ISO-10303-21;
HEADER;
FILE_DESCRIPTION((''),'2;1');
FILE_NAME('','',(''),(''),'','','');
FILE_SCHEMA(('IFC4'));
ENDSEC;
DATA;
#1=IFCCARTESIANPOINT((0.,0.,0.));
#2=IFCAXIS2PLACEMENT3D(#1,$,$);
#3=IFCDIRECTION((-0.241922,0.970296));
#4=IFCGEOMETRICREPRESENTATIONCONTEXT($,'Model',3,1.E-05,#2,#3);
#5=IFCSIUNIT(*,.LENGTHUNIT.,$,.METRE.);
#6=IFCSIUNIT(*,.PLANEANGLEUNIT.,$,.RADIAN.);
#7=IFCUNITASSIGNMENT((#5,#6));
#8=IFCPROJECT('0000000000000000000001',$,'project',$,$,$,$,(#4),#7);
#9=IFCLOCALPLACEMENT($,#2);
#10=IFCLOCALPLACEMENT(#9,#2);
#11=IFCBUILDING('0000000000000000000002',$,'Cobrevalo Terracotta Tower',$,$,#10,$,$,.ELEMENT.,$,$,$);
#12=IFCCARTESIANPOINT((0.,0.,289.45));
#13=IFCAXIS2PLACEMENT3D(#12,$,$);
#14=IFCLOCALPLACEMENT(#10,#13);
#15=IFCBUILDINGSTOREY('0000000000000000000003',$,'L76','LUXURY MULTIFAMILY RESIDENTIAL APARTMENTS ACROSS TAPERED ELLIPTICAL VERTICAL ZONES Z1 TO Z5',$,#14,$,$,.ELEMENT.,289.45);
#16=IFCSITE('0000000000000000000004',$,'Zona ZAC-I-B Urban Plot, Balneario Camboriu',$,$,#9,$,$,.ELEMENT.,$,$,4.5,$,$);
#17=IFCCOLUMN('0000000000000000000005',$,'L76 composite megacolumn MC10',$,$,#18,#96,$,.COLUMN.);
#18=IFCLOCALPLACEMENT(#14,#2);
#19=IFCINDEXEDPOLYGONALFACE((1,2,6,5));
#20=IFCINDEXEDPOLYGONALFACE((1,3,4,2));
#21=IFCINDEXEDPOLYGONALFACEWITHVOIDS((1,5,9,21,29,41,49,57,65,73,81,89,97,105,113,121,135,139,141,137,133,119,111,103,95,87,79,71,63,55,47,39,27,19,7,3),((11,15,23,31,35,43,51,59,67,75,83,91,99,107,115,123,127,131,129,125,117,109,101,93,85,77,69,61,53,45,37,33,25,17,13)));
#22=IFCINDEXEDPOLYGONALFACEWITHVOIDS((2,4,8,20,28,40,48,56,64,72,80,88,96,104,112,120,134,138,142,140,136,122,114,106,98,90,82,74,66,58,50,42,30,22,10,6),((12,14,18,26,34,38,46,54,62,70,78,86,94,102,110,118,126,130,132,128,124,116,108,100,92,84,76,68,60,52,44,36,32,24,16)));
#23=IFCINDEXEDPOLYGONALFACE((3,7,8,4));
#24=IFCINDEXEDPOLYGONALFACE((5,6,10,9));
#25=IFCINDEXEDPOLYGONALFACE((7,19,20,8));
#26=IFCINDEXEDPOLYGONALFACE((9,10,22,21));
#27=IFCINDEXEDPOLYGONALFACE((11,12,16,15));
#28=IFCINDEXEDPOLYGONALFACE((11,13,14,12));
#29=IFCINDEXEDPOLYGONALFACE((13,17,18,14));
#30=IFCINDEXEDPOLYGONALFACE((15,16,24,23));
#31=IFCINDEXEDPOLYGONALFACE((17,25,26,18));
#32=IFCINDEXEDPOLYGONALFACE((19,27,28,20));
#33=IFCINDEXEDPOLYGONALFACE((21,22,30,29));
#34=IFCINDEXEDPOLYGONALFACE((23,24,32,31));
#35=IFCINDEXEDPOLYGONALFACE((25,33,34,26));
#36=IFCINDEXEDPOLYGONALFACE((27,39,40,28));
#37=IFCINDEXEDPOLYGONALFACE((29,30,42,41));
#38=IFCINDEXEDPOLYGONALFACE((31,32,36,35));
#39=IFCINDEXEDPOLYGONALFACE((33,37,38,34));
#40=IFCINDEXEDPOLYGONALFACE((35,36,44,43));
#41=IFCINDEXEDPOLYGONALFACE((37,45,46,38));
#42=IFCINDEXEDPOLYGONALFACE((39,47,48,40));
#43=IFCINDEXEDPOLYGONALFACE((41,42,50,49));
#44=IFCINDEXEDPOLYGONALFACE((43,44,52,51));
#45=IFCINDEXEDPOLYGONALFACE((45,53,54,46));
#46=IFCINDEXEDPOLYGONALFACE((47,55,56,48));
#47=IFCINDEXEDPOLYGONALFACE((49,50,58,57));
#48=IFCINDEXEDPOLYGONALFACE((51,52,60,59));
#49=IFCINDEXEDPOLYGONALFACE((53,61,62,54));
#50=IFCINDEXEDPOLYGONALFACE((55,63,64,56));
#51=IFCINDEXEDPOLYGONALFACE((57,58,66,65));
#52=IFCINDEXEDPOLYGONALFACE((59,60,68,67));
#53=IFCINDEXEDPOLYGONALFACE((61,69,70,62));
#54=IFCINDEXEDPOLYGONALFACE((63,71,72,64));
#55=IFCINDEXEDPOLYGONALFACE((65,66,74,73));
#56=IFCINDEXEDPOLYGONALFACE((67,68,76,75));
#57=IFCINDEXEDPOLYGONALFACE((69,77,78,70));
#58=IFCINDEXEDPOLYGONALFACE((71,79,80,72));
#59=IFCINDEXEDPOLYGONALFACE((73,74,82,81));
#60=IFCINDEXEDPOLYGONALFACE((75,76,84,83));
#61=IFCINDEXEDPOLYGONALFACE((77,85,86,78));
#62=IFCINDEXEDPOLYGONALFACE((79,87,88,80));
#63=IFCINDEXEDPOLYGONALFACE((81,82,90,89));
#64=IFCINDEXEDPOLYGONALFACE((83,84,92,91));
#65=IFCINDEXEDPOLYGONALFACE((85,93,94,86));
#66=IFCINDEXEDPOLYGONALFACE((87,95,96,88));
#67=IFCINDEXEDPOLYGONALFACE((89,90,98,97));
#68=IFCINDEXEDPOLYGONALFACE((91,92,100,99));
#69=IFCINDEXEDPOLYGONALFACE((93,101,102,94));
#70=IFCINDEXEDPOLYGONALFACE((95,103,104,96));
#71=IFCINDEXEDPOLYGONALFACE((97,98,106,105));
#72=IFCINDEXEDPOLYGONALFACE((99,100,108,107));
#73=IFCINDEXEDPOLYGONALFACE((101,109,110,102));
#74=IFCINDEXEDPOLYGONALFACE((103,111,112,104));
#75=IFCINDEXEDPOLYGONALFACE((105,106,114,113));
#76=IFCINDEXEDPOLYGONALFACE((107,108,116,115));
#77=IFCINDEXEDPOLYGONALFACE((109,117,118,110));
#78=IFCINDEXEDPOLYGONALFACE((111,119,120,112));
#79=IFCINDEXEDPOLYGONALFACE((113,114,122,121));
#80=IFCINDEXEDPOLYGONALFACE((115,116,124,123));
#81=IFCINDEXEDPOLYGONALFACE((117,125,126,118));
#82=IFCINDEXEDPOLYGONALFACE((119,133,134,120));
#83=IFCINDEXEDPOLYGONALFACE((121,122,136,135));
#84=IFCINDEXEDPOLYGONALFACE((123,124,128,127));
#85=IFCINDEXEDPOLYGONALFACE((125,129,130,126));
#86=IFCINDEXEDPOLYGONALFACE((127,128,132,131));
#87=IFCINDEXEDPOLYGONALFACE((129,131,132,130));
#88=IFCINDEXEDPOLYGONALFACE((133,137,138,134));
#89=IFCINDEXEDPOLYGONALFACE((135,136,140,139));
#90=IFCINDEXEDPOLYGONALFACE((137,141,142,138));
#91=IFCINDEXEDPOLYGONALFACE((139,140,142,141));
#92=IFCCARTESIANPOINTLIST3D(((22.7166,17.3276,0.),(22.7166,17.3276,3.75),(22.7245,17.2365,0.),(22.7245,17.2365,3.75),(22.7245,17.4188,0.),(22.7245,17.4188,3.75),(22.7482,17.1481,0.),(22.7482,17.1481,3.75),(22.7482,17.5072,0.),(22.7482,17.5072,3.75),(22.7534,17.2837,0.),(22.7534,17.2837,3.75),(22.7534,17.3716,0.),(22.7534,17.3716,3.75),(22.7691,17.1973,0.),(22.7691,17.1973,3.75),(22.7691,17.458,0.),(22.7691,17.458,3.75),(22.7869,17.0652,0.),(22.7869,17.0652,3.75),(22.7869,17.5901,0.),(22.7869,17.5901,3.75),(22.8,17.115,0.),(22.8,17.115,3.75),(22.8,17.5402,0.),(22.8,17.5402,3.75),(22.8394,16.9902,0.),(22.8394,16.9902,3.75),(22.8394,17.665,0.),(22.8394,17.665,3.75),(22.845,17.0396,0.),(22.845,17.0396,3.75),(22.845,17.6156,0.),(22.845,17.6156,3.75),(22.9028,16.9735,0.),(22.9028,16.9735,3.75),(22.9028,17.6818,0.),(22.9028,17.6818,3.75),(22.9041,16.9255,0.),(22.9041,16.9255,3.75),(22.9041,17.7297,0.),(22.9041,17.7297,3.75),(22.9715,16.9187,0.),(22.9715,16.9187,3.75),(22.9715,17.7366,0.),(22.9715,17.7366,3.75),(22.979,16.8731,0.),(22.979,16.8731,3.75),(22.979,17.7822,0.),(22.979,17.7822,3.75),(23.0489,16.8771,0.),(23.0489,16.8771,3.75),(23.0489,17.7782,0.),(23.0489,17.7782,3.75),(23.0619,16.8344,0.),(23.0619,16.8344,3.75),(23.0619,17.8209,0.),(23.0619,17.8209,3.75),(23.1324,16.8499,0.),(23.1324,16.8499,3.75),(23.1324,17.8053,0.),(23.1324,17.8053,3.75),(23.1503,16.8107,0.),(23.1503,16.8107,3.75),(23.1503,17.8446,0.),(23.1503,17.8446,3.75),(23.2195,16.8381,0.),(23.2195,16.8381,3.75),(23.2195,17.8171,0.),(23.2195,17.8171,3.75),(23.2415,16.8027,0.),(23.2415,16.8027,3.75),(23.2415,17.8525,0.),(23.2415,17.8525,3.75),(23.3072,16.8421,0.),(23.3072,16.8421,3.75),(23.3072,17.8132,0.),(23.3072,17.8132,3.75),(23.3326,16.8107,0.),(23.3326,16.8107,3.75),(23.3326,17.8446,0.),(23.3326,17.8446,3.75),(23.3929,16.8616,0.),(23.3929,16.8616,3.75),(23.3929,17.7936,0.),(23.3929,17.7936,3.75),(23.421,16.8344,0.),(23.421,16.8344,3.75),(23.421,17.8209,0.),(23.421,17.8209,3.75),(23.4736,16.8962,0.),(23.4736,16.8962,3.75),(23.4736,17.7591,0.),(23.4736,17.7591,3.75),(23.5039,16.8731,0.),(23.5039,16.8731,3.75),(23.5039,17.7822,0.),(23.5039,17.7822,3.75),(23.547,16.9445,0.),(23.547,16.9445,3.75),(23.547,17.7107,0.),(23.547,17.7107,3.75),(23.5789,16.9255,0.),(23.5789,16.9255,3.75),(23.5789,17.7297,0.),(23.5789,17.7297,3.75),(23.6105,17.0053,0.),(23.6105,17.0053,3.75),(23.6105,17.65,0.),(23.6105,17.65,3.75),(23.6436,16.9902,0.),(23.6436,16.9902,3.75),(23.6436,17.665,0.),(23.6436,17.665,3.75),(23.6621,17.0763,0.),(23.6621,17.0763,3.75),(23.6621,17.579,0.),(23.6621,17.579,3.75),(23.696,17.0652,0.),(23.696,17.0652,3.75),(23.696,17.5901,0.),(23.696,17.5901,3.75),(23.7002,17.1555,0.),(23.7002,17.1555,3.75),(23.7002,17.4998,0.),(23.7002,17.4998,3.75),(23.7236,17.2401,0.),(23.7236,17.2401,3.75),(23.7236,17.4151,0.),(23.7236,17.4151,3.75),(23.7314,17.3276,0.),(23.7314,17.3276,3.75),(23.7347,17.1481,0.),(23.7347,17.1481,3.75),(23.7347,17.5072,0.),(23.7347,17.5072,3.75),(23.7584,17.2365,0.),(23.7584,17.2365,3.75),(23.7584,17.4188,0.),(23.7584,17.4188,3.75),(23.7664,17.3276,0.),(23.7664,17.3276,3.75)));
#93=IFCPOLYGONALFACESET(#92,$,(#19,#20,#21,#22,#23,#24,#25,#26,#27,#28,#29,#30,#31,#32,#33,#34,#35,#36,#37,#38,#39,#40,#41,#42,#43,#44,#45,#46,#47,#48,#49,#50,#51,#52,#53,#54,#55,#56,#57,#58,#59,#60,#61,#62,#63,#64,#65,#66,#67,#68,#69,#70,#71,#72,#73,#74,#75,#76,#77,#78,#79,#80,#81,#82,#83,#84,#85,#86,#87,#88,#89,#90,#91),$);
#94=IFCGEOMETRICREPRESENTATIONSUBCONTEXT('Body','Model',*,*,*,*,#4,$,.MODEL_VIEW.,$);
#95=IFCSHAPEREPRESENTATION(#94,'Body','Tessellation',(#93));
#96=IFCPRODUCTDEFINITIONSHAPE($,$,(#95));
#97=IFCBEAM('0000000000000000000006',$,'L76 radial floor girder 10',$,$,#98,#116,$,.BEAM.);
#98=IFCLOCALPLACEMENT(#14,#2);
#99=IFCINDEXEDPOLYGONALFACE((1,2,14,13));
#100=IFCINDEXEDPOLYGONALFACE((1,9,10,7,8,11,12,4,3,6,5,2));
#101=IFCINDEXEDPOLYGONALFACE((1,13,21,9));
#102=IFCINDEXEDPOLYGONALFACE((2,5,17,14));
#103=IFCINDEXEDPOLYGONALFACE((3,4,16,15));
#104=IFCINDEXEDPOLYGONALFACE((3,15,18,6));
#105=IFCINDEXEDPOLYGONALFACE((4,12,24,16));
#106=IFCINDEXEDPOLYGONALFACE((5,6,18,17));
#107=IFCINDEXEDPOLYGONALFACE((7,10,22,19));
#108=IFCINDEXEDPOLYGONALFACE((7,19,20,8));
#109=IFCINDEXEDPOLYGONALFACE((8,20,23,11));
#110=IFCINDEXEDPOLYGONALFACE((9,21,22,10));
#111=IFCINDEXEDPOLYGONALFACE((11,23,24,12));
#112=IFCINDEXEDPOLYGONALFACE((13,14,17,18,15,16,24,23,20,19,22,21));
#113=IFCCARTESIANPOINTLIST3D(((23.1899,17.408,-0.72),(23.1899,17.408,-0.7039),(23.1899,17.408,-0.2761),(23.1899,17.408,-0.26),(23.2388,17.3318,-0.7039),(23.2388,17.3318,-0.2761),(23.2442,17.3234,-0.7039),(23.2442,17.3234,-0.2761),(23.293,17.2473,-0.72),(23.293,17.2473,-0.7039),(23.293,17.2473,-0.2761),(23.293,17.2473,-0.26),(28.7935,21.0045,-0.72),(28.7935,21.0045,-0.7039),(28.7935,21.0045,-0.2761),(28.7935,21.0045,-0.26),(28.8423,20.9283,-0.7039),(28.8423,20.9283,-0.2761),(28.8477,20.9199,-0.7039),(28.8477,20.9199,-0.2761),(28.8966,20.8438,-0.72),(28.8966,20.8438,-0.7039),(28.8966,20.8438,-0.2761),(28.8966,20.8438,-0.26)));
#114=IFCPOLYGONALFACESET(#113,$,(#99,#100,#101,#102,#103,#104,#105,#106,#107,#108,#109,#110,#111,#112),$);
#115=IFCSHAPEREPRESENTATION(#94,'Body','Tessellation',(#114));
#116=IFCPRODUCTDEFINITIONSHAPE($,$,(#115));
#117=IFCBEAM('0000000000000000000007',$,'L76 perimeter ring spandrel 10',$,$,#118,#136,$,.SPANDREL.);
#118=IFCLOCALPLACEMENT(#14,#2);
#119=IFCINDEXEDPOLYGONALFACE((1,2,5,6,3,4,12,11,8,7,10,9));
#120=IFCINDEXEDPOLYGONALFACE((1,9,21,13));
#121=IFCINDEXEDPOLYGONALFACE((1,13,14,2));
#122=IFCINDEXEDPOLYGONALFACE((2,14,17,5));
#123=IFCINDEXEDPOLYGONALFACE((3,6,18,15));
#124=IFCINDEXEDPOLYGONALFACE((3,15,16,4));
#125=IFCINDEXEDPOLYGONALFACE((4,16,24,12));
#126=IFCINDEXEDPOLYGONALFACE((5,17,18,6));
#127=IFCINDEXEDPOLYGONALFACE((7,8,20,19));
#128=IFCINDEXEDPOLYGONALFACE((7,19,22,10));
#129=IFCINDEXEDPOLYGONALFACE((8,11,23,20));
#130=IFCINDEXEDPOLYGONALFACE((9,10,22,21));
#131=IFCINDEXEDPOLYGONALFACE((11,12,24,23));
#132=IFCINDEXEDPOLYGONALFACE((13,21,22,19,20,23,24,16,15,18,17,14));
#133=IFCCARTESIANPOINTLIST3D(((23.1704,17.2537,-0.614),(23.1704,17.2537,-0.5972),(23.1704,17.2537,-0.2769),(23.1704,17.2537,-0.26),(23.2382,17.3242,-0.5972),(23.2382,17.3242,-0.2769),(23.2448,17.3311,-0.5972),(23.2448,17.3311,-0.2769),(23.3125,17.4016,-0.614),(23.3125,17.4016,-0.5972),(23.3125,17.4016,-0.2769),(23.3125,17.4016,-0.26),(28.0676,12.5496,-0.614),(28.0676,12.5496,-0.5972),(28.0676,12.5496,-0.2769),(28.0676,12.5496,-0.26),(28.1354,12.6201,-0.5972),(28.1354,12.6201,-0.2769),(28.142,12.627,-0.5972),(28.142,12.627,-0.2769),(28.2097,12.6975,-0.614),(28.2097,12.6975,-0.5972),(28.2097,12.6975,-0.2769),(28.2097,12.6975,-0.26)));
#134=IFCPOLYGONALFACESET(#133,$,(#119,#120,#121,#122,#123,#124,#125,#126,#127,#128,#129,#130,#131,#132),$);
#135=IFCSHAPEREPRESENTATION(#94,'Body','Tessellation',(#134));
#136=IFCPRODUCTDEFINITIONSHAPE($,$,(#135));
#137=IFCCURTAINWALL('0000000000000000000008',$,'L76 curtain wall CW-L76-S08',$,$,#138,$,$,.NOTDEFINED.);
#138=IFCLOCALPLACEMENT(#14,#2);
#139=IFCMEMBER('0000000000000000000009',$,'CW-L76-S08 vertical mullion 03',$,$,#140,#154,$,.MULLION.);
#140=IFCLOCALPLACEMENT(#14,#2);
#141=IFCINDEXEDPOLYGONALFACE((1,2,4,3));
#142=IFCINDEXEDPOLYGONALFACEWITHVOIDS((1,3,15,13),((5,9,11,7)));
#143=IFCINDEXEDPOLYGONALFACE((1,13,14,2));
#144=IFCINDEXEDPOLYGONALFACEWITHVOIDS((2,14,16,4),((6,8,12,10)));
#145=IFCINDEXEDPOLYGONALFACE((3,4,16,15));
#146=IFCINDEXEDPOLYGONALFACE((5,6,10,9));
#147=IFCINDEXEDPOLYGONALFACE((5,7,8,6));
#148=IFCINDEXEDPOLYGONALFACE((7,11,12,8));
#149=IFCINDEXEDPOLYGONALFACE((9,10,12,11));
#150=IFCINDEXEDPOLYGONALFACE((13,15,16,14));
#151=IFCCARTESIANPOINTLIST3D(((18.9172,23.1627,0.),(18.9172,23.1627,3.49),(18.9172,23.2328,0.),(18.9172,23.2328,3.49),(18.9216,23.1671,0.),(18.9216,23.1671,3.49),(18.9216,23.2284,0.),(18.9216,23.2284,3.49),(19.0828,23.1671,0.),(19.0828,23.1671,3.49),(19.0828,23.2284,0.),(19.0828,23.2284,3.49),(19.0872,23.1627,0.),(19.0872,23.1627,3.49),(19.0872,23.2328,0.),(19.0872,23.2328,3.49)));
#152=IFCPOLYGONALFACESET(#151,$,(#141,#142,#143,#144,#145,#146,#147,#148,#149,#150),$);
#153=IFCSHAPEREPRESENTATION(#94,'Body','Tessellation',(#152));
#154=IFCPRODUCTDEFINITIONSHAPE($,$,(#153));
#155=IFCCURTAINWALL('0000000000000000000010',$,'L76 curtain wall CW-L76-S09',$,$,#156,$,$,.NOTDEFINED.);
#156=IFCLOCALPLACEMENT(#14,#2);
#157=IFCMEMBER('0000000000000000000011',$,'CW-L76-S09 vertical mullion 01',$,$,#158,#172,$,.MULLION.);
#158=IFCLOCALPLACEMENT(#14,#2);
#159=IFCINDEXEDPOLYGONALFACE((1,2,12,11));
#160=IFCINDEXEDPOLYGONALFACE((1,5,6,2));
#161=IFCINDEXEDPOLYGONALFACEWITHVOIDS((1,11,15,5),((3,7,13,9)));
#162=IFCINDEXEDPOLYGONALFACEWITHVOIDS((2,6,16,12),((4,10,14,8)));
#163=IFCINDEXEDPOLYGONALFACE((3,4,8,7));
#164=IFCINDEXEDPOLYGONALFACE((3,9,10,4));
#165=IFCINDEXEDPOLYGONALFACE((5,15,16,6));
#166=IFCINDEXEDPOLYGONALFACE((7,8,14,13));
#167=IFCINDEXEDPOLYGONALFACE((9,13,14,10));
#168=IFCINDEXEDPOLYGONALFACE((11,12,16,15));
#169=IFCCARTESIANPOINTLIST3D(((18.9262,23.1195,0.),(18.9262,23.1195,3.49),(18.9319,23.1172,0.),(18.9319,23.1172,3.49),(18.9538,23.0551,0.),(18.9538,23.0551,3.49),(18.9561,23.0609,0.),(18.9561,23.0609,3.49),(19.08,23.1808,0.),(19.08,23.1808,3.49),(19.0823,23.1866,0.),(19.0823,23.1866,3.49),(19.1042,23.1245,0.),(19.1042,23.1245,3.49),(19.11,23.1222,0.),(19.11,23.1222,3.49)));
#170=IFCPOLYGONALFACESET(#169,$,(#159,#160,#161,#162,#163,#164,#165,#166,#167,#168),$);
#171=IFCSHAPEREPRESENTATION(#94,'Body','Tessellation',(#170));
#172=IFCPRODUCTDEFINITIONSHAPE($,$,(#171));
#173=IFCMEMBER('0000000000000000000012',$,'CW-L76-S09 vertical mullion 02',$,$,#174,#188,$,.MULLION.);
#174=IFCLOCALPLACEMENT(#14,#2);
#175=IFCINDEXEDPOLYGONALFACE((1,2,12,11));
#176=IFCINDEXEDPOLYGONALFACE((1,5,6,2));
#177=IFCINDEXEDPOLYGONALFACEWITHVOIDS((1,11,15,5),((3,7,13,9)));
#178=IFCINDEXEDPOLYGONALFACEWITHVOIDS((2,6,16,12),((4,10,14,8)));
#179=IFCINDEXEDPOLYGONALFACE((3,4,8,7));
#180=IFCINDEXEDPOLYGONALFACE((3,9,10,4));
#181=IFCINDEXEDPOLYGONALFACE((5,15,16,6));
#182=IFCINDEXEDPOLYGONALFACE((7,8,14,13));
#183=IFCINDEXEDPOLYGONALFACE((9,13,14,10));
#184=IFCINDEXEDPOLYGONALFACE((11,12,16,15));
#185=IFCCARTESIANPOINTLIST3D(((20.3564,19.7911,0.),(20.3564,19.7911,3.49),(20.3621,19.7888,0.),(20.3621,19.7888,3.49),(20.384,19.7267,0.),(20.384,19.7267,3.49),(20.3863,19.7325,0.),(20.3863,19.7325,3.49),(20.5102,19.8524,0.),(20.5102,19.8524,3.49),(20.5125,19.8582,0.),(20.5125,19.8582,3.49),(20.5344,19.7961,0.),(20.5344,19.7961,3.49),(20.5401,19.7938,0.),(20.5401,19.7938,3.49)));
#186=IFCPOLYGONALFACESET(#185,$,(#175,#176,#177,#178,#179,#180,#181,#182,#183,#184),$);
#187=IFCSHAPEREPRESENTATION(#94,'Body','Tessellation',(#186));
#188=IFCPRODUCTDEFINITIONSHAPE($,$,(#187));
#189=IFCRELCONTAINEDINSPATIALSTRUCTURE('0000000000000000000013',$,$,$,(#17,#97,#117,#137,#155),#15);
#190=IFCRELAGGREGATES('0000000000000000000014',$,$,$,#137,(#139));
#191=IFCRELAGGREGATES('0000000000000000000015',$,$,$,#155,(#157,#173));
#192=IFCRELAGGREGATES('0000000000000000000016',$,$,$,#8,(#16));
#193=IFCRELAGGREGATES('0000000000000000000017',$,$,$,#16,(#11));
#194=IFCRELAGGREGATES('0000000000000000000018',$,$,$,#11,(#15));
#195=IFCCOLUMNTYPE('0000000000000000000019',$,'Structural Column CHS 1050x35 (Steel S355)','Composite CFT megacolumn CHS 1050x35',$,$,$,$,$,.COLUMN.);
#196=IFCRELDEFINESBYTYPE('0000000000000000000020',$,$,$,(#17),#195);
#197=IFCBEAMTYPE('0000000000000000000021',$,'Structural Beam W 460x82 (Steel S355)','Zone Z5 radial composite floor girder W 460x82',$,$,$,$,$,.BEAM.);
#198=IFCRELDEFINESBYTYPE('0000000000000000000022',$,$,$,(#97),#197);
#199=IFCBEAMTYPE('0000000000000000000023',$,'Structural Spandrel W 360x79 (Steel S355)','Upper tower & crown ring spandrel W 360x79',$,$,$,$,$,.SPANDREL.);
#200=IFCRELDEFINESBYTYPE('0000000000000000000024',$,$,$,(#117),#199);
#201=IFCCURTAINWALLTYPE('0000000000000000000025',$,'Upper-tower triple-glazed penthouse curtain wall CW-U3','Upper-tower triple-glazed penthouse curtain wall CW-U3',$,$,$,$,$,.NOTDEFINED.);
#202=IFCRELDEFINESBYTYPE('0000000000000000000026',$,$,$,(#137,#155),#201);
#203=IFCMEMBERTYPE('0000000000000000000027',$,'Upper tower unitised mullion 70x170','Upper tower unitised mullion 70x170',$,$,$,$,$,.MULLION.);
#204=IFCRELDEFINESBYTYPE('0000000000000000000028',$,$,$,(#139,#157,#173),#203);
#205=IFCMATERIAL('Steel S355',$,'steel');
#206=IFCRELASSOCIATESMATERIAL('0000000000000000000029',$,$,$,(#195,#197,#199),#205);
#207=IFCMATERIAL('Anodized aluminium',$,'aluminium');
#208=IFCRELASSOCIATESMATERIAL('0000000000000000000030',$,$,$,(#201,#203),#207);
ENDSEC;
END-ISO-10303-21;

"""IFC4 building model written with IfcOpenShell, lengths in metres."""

from ifc_helpers import new_model, si_unit, direction, frame, origin, origin_2d, place, context, subcontext, project, spatial, hollow_rectangle, hollow_circle, i_section, extrude, source, transform, mapped, material, material_profile, profile_set, type_object, element, aggregate, save


model = new_model("IFC4")

# Units and contexts
model_context = context("Model", 3, precision=1e-05, world=origin(), true_north=direction((-0.241922, 0.970296)))
body_context = subcontext(model_context, "Body", "Model", "MODEL_VIEW")
ifc_project = project(units=[si_unit("LENGTHUNIT", "METRE"), si_unit("PLANEANGLEUNIT", "RADIAN")], contexts=[model_context])

# Site, building, storey
site_placement = place(None, origin())
site = spatial("IfcSite", under=ifc_project, at=site_placement, Name="Zona ZAC-I-B Urban Plot, Balneario Camboriu", CompositionType="ELEMENT", RefElevation=4.5)
building_placement = place(site_placement, origin())
building = spatial("IfcBuilding", under=site, at=building_placement, Name="Cobrevalo Terracotta Tower", CompositionType="ELEMENT")
storey_placement = place(building_placement, frame((0.0, 0.0, 289.45)))
storey = spatial("IfcBuildingStorey", under=building, at=storey_placement, Name="L76", Description="LUXURY MULTIFAMILY RESIDENTIAL APARTMENTS ACROSS TAPERED ELLIPTICAL VERTICAL ZONES Z1 TO Z5", CompositionType="ELEMENT", Elevation=289.45)

# Column
ifc_material_1 = material(Name="Steel S355", Category="steel")
ifc_material_profile_1 = material_profile(ifc_material_1, hollow_circle(Radius=0.5249, WallThickness=0.0349, at=origin_2d()), Name="CHS 1050x35")
ifc_profile_set_1 = profile_set([ifc_material_profile_1], Name="Steel S355")
column_type = type_object("IfcColumnType", Name="Structural Column CHS 1050x35 (Steel S355)", Description="Composite CFT megacolumn CHS 1050x35", PredefinedType="COLUMN", material=ifc_profile_set_1)
column_placement = place(storey_placement, frame((23.2415, 17.3276, 0.0), z_axis=(0.0, 0.0, 1.0), x_axis=(1.0, 0.0, 0.0)))
element("IfcColumn", 1, at=column_placement, inside=storey, type_object=column_type, Name="L76 composite megacolumn MC10", PredefinedType="COLUMN", context=body_context, shape_type="SweptSolid", body=[
    extrude(hollow_circle(Radius=0.5249, WallThickness=0.0349, at=origin_2d()), origin(), (0.0, 0.0, 1.0), 3.75),
])

# Beams
ifc_material_profile_2 = material_profile(ifc_material_1, i_section(OverallWidth=0.1909, OverallDepth=0.46, WebThickness=0.01, FlangeThickness=0.0161, at=origin_2d()), Name="W 460x82")
ifc_profile_set_2 = profile_set([ifc_material_profile_2], Name="Steel S355")
beam_type_1 = type_object("IfcBeamType", Name="Structural Beam W 460x82 (Steel S355)", Description="Zone Z5 radial composite floor girder W 460x82", PredefinedType="BEAM", material=ifc_profile_set_2)
beam_1_placement = place(storey_placement, frame((23.2415, 17.3276, -0.49), z_axis=(0.841576, 0.540138, 0.0), x_axis=(-0.540138, 0.841576, 0.0)))
element("IfcBeam", 2, at=beam_1_placement, inside=storey, type_object=beam_type_1, Name="L76 radial floor girder 10", PredefinedType="BEAM", context=body_context, shape_type="SweptSolid", body=[
    extrude(i_section(OverallWidth=0.1909, OverallDepth=0.46, WebThickness=0.01, FlangeThickness=0.0161, at=origin_2d()), origin(), (0.0, 0.0, 1.0), 6.6584),
])
ifc_material_profile_3 = material_profile(ifc_material_1, i_section(OverallWidth=0.2051, OverallDepth=0.354, WebThickness=0.0095, FlangeThickness=0.0168, at=origin_2d()), Name="W 360x79")
ifc_profile_set_3 = profile_set([ifc_material_profile_3], Name="Steel S355")
beam_type_2 = type_object("IfcBeamType", Name="Structural Spandrel W 360x79 (Steel S355)", Description="Upper tower & crown ring spandrel W 360x79", PredefinedType="SPANDREL", material=ifc_profile_set_3)
beam_2_placement = place(storey_placement, frame((23.2415, 17.3276, -0.437), z_axis=(0.721183, -0.692744, 0.0), x_axis=(0.692744, 0.721183, 0.0)))
element("IfcBeam", 3, at=beam_2_placement, inside=storey, type_object=beam_type_2, Name="L76 perimeter ring spandrel 10", PredefinedType="SPANDREL", context=body_context, shape_type="SweptSolid", body=[
    extrude(i_section(OverallWidth=0.2051, OverallDepth=0.354, WebThickness=0.0095, FlangeThickness=0.0168, at=origin_2d()), origin(), (0.0, 0.0, 1.0), 6.7905),
])

# Curtain wall, member
ifc_material_2 = material(Name="Anodized aluminium", Category="aluminium")
curtain_wall_type = type_object("IfcCurtainWallType", Name="Upper-tower triple-glazed penthouse curtain wall CW-U3", Description="Upper-tower triple-glazed penthouse curtain wall CW-U3", PredefinedType="NOTDEFINED", material=ifc_material_2)
curtain_wall_1_placement = place(storey_placement, origin())
curtain_wall_1 = element("IfcCurtainWall", 4, at=curtain_wall_1_placement, inside=storey, type_object=curtain_wall_type, Name="L76 curtain wall CW-L76-S08", PredefinedType="NOTDEFINED")
ifc_material_profile_4 = material_profile(ifc_material_2, hollow_rectangle(XDim=0.0701, YDim=0.1699, WallThickness=0.0044, at=origin_2d()), Name="CWM 70x170")
ifc_profile_set_4 = profile_set([ifc_material_profile_4], Name="Anodized aluminium")
member_type_1 = type_object("IfcMemberType", Name="Upper tower unitised mullion 70x170", Description="Upper tower unitised mullion 70x170", PredefinedType="MULLION", material=ifc_profile_set_4)
shared_shape_1 = source(origin(), body_context, "Body", "SweptSolid", [
    extrude(hollow_rectangle(XDim=0.0701, YDim=0.1699, WallThickness=0.0044, at=origin_2d()), origin(), (0.0, 0.0, 1.0), 3.49),
])
member_1_placement = place(storey_placement, frame((19.0022, 23.1978, 0.0), z_axis=(0.0, 0.0, 1.0), x_axis=(0.0, -1.0, 0.0)))
member_1 = element("IfcMember", 5, at=member_1_placement, type_object=member_type_1, Name="CW-L76-S08 vertical mullion 03", PredefinedType="MULLION", context=body_context, shape_type="MappedRepresentation", body=[
    mapped(shared_shape_1, transform((0.0, 0.0, 0.0), scale=1.0)),
])
aggregate(curtain_wall_1, [member_1])

# Curtain wall, members
curtain_wall_2_placement = place(storey_placement, origin())
curtain_wall_2 = element("IfcCurtainWall", 6, at=curtain_wall_2_placement, inside=storey, type_object=curtain_wall_type, Name="L76 curtain wall CW-L76-S09", PredefinedType="NOTDEFINED")
member_2_placement = place(storey_placement, frame((19.0181, 23.1208, 0.0), z_axis=(0.0, 0.0, 1.0), x_axis=(0.394824, -0.918757, 0.0)))
member_2 = element("IfcMember", 7, at=member_2_placement, type_object=member_type_1, Name="CW-L76-S09 vertical mullion 01", PredefinedType="MULLION", context=body_context, shape_type="MappedRepresentation", body=[
    mapped(shared_shape_1, transform((0.0, 0.0, 0.0), scale=1.0)),
])
member_3_placement = place(storey_placement, frame((20.4482, 19.7925, 0.0), z_axis=(0.0, 0.0, 1.0), x_axis=(0.394824, -0.918757, 0.0)))
member_3 = element("IfcMember", 8, at=member_3_placement, type_object=member_type_1, Name="CW-L76-S09 vertical mullion 02", PredefinedType="MULLION", context=body_context, shape_type="MappedRepresentation", body=[
    mapped(shared_shape_1, transform((0.0, 0.0, 0.0), scale=1.0)),
])
aggregate(curtain_wall_2, [member_2, member_3])

save(model, "model.ifc")
